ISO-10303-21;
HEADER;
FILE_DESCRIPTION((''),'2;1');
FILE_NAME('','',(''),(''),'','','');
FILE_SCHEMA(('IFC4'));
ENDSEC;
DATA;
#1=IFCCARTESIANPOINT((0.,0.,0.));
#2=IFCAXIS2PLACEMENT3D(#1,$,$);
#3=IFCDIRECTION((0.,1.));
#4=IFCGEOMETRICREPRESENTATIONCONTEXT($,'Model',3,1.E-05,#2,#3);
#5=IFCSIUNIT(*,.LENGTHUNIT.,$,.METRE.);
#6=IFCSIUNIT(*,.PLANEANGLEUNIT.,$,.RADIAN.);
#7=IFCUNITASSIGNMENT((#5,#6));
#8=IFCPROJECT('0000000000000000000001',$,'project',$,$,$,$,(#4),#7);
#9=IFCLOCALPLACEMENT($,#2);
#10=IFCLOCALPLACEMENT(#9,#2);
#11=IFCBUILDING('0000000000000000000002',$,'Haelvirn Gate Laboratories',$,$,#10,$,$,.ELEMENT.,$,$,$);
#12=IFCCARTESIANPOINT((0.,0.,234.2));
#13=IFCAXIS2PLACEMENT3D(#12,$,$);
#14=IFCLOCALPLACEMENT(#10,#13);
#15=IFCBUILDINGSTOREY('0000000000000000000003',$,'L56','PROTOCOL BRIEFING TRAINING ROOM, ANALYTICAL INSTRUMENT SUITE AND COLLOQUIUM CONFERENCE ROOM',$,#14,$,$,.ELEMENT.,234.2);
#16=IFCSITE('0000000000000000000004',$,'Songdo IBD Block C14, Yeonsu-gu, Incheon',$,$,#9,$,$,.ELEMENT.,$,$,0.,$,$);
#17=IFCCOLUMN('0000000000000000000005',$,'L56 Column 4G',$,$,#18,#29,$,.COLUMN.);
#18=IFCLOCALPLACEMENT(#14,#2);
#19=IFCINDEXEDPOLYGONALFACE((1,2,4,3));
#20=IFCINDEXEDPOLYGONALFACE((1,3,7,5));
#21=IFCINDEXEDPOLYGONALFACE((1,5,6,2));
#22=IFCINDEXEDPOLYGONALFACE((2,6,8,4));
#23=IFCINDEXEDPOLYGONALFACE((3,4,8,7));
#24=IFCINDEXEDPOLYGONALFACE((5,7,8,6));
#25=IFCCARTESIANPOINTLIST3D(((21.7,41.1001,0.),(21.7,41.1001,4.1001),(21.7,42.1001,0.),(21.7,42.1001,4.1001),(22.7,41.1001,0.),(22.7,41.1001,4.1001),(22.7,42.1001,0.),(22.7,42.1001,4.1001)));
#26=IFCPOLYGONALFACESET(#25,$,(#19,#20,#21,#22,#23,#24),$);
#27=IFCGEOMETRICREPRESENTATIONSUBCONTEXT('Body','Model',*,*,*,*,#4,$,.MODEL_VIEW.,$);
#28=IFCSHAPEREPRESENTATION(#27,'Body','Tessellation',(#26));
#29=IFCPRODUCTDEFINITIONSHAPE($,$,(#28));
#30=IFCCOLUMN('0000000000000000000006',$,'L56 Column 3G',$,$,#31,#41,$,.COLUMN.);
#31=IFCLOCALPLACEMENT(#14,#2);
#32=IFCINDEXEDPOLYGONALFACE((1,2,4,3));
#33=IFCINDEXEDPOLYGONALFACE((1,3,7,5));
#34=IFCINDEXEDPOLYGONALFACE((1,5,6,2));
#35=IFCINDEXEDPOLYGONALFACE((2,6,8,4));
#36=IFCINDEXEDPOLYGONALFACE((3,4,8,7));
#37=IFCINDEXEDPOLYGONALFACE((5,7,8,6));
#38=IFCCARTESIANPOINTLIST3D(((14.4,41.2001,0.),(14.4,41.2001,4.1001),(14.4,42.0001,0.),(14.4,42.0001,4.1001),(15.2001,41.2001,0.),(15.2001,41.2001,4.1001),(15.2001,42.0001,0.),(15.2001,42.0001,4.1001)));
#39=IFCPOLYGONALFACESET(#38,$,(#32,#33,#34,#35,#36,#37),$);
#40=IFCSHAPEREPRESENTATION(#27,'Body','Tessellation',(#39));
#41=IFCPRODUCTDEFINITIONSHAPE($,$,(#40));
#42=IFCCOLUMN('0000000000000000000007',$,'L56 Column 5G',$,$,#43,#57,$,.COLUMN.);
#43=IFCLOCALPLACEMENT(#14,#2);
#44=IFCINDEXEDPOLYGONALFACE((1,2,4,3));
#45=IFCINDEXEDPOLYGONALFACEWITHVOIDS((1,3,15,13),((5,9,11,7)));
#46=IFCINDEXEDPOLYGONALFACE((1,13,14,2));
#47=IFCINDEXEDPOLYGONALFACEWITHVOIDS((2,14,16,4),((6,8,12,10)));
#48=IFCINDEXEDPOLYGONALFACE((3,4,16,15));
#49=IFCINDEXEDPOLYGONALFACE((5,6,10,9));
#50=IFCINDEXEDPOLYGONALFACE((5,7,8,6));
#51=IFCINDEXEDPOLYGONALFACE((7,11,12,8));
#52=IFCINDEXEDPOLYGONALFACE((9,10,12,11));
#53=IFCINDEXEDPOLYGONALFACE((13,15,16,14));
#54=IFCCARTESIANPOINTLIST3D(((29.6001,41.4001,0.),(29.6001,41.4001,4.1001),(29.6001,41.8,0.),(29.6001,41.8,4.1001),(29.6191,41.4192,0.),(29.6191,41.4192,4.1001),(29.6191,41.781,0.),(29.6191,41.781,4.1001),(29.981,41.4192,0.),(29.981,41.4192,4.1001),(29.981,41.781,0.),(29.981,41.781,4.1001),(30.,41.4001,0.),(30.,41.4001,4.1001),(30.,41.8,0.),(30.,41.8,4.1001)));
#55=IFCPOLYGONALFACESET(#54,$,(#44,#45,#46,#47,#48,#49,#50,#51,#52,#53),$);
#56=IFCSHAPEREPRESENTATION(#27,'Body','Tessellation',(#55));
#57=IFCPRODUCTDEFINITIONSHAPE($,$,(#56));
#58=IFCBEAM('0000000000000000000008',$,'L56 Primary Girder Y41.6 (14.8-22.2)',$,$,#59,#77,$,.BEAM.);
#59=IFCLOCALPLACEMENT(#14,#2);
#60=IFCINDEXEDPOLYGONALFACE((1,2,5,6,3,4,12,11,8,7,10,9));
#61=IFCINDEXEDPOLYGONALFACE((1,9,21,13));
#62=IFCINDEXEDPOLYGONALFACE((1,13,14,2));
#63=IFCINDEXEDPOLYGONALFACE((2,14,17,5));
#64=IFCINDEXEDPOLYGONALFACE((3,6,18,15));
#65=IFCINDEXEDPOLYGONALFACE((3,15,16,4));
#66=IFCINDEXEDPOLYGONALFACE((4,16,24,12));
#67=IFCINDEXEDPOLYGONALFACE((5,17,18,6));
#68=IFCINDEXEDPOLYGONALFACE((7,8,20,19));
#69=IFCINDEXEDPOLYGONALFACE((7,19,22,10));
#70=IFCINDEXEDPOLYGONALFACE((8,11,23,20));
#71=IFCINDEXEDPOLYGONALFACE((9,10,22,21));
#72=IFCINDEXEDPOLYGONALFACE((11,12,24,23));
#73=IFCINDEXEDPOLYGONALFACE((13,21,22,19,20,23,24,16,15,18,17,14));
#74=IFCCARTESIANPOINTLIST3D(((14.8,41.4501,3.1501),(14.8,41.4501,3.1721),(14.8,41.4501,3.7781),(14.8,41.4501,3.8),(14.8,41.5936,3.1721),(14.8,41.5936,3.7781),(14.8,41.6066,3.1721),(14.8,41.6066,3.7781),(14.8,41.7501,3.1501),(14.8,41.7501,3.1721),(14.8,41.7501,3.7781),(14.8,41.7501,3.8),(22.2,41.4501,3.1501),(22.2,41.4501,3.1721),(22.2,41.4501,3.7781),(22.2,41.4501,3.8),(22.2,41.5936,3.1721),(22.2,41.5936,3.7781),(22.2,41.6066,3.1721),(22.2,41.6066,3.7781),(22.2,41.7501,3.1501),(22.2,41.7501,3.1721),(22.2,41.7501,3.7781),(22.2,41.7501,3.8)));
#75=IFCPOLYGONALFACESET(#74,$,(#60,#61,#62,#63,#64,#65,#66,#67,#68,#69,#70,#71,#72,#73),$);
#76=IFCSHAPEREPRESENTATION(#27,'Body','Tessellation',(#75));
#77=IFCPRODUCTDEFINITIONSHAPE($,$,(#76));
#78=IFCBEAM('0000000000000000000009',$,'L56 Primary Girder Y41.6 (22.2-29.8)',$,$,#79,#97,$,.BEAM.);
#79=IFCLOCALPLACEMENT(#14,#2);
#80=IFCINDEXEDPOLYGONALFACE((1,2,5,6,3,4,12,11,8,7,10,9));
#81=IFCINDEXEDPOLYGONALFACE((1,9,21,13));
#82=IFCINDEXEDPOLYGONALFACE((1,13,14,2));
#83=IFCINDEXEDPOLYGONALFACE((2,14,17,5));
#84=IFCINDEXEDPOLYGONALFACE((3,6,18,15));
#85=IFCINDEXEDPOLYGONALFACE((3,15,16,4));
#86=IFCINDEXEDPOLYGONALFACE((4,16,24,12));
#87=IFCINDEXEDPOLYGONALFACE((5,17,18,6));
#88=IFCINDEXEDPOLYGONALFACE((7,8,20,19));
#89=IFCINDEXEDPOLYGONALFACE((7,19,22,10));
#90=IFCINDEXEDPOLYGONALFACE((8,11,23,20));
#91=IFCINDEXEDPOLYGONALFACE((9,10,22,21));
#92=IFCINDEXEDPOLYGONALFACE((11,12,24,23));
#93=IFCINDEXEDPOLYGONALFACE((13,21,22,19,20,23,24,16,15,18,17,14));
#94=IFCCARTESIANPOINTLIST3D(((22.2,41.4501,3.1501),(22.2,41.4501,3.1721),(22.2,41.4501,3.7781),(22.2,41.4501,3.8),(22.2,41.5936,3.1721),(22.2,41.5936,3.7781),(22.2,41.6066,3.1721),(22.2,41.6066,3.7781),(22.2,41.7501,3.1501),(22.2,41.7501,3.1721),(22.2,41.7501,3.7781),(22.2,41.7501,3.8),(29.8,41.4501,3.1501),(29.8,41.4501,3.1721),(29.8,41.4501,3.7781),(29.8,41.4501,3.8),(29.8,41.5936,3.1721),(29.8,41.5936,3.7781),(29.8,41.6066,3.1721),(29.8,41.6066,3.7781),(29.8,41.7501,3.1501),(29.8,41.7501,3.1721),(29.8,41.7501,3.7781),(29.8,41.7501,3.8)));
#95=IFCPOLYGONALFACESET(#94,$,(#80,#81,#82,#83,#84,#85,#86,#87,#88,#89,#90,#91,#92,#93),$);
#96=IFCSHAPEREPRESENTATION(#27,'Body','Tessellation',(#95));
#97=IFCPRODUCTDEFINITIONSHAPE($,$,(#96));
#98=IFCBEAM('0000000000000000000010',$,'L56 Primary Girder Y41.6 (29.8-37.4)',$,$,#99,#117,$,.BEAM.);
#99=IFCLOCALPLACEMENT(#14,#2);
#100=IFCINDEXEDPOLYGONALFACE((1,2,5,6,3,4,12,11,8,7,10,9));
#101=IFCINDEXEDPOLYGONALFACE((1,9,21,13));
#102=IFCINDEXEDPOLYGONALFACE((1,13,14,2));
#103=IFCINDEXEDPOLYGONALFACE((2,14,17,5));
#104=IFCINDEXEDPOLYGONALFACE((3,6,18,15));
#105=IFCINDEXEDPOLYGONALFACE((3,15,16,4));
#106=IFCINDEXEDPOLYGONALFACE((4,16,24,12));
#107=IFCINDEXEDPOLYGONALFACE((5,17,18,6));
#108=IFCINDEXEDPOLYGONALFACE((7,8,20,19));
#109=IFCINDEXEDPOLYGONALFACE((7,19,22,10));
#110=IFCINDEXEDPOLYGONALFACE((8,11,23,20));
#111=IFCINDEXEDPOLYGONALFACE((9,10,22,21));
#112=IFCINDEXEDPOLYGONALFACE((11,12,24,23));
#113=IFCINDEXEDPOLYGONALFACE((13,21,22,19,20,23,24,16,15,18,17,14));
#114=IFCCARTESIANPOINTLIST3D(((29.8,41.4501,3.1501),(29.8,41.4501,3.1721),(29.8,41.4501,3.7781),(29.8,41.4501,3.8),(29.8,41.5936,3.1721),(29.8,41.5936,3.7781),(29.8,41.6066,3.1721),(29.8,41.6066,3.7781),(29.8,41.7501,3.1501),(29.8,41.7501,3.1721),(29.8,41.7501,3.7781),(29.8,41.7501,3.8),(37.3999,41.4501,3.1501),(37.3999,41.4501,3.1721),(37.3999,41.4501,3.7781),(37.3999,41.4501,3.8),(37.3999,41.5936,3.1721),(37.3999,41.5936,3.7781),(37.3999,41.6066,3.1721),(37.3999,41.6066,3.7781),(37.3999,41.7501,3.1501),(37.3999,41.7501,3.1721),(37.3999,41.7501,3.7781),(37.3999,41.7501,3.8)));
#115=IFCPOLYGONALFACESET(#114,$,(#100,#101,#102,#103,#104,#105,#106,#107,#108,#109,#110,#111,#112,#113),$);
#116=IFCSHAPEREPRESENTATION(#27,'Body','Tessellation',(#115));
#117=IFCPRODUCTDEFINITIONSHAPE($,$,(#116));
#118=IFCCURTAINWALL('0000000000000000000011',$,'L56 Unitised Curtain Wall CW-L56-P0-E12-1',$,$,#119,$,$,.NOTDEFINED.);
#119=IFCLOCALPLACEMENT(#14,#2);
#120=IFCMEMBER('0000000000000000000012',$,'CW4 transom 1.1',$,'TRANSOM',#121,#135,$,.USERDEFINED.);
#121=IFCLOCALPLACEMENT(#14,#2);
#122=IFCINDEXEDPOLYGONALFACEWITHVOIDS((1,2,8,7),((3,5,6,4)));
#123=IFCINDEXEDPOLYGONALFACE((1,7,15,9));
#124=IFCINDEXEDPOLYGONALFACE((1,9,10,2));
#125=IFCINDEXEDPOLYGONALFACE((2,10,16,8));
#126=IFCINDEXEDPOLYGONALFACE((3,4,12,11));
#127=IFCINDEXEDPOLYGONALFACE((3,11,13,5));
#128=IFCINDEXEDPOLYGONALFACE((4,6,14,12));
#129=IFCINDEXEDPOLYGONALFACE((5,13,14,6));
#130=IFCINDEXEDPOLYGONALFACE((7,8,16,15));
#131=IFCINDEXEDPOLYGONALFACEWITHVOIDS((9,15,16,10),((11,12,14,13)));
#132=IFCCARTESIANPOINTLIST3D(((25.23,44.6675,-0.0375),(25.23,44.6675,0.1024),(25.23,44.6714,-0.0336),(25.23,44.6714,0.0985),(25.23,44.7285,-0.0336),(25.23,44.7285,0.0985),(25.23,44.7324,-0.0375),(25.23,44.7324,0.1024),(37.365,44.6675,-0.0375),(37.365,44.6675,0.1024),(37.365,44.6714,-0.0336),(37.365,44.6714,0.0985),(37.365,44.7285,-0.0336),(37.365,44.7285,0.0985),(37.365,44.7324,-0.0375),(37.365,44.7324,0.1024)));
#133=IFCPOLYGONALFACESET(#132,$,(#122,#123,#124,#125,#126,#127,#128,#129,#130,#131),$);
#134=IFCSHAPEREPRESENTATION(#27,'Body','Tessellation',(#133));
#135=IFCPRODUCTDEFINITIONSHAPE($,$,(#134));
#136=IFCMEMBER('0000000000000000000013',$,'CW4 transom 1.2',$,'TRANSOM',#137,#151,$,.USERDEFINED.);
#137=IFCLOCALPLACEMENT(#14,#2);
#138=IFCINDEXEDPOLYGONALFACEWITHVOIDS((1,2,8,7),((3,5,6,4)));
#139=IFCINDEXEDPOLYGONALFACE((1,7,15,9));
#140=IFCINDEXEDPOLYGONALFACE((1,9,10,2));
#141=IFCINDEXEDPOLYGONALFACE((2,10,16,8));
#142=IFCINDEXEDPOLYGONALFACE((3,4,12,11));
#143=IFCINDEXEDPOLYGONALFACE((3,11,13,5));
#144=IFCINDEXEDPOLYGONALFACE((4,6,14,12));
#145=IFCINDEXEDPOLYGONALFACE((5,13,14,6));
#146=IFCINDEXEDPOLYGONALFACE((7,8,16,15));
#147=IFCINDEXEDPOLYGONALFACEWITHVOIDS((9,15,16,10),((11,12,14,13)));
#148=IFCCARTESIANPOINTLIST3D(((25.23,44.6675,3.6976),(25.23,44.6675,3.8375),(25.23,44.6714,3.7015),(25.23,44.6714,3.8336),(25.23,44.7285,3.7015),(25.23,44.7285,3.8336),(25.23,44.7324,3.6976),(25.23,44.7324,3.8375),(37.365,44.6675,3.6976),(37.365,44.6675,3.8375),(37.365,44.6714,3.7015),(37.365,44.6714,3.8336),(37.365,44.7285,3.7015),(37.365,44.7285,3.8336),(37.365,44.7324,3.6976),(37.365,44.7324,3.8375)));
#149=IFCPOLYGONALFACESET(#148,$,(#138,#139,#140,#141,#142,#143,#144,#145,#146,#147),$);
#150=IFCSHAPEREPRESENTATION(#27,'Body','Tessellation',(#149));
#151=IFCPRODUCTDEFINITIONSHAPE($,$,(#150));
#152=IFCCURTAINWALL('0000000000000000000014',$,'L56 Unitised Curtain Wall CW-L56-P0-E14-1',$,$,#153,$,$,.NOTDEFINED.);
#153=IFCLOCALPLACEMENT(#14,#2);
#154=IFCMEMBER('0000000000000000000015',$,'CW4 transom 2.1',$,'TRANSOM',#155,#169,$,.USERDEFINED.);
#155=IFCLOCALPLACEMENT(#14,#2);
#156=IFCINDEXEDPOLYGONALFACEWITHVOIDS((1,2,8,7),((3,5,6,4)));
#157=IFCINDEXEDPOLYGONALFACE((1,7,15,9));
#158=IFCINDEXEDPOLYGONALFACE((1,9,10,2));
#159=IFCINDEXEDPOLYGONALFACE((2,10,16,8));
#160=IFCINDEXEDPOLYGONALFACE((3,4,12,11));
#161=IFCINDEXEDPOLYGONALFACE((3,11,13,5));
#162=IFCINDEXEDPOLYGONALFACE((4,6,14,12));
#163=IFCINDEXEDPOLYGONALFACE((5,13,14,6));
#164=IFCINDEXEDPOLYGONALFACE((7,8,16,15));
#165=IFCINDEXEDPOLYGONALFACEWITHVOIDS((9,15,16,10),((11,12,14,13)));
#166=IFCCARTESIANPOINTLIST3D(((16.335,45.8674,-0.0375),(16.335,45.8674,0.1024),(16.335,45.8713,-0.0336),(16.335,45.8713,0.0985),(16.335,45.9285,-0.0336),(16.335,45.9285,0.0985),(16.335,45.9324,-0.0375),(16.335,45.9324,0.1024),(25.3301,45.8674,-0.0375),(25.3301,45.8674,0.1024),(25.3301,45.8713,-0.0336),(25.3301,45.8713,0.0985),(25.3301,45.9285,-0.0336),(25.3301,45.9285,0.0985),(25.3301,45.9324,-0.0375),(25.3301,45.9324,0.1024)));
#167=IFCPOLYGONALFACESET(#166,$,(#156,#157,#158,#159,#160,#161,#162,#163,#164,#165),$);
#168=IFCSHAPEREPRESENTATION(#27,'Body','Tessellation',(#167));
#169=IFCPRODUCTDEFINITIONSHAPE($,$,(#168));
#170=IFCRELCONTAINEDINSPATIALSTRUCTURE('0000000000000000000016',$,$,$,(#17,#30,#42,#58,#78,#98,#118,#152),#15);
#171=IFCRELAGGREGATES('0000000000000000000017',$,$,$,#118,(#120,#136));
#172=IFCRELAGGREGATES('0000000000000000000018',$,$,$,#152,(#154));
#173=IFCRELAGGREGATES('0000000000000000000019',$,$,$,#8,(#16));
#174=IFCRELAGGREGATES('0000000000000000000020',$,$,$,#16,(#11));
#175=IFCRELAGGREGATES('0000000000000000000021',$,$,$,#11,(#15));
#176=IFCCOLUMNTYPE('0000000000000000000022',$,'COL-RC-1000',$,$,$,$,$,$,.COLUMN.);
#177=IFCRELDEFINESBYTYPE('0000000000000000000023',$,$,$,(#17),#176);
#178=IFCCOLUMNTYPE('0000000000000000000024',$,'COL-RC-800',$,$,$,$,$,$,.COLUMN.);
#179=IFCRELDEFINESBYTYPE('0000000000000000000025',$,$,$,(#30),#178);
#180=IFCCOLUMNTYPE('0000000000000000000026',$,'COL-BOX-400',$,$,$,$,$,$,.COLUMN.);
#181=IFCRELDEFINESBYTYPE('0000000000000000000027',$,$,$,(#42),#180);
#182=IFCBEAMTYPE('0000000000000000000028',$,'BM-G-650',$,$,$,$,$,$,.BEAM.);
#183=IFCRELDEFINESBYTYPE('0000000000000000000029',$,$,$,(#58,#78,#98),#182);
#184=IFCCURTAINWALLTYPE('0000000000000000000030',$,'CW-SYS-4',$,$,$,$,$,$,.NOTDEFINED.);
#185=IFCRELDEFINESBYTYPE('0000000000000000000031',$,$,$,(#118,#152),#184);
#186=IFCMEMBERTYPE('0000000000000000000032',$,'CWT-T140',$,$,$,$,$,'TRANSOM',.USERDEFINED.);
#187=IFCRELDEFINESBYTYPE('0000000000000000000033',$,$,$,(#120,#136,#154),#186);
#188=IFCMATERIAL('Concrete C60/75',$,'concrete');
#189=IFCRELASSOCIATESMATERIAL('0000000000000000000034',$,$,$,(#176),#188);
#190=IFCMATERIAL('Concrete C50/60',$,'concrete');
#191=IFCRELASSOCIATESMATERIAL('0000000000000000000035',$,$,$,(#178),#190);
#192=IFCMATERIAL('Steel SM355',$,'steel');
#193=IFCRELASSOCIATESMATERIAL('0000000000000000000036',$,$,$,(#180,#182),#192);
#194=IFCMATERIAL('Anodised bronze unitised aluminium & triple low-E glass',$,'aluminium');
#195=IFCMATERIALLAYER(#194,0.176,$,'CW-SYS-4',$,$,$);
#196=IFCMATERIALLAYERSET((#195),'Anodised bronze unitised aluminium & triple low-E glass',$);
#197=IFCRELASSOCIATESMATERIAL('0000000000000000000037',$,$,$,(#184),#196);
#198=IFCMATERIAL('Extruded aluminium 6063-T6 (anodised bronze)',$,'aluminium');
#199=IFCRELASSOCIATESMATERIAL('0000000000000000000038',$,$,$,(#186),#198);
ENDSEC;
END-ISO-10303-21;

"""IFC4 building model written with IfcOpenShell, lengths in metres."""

from ifc_helpers import new_model, si_unit, direction, frame, origin, origin_2d, place, context, subcontext, project, spatial, rectangle, hollow_rectangle, i_section, extrude, source, transform, mapped, material, layer, layer_set, material_profile, profile_set, type_object, type_shapes, element, aggregate, save


model = new_model("IFC4")

# Units and contexts
model_context = context("Model", 3, precision=1e-05, world=origin(), true_north=direction((0.0, 1.0)))
body_context = subcontext(model_context, "Body", "Model", "MODEL_VIEW")
ifc_project = project(units=[si_unit("LENGTHUNIT", "METRE"), si_unit("PLANEANGLEUNIT", "RADIAN")], contexts=[model_context])

# Site, building, storey
site_placement = place(None, origin())
site = spatial("IfcSite", under=ifc_project, at=site_placement, Name="Songdo IBD Block C14, Yeonsu-gu, Incheon", CompositionType="ELEMENT", RefElevation=0.0)
building_placement = place(site_placement, origin())
building = spatial("IfcBuilding", under=site, at=building_placement, Name="Haelvirn Gate Laboratories", CompositionType="ELEMENT")
storey_placement = place(building_placement, frame((0.0, 0.0, 234.2)))
storey = spatial("IfcBuildingStorey", under=building, at=storey_placement, Name="L56", Description="PROTOCOL BRIEFING TRAINING ROOM, ANALYTICAL INSTRUMENT SUITE AND COLLOQUIUM CONFERENCE ROOM", CompositionType="ELEMENT", Elevation=234.2)

# Columns
ifc_material_1 = material(Name="Concrete C60/75", Category="concrete")
ifc_material_profile_1 = material_profile(ifc_material_1, rectangle(XDim=1.0, YDim=1.0, at=origin_2d()), Name="RC-1000x1000")
ifc_profile_set_1 = profile_set([ifc_material_profile_1], Name="Concrete C60/75")
column_type_1 = type_object("IfcColumnType", Name="COL-RC-1000", PredefinedType="COLUMN", material=ifc_profile_set_1)
shared_shape_1 = source(origin(), body_context, "Body", "SweptSolid", [
    extrude(rectangle(XDim=1.0, YDim=1.0, at=origin_2d()), origin(), (0.0, 0.0, 1.0), 4.1001),
])
type_shapes(column_type_1, [shared_shape_1])
column_1_placement = place(storey_placement, frame((22.2, 41.6001, 0.0), z_axis=(0.0, 0.0, 1.0), x_axis=(1.0, 0.0, 0.0)))
element("IfcColumn", 1, at=column_1_placement, inside=storey, type_object=column_type_1, Name="L56 Column 4G", PredefinedType="COLUMN", context=body_context, shape_type="MappedRepresentation", body=[
    mapped(shared_shape_1, transform((0.0, 0.0, 0.0), scale=1.0)),
])
ifc_material_2 = material(Name="Concrete C50/60", Category="concrete")
ifc_material_profile_2 = material_profile(ifc_material_2, rectangle(XDim=0.8, YDim=0.8, at=origin_2d()), Name="RC-800x800")
ifc_profile_set_2 = profile_set([ifc_material_profile_2], Name="Concrete C50/60")
column_type_2 = type_object("IfcColumnType", Name="COL-RC-800", PredefinedType="COLUMN", material=ifc_profile_set_2)
shared_shape_2 = source(origin(), body_context, "Body", "SweptSolid", [
    extrude(rectangle(XDim=0.8, YDim=0.8, at=origin_2d()), origin(), (0.0, 0.0, 1.0), 4.1001),
])
type_shapes(column_type_2, [shared_shape_2])
column_2_placement = place(storey_placement, frame((14.8, 41.6001, 0.0), z_axis=(0.0, 0.0, 1.0), x_axis=(1.0, 0.0, 0.0)))
element("IfcColumn", 2, at=column_2_placement, inside=storey, type_object=column_type_2, Name="L56 Column 3G", PredefinedType="COLUMN", context=body_context, shape_type="MappedRepresentation", body=[
    mapped(shared_shape_2, transform((0.0, 0.0, 0.0), scale=1.0)),
])
ifc_material_3 = material(Name="Steel SM355", Category="steel")
ifc_material_profile_3 = material_profile(ifc_material_3, hollow_rectangle(XDim=0.3999, YDim=0.3999, WallThickness=0.019, at=origin_2d()), Name="BOX-400x400x19")
ifc_profile_set_3 = profile_set([ifc_material_profile_3], Name="Steel SM355")
column_type_3 = type_object("IfcColumnType", Name="COL-BOX-400", PredefinedType="COLUMN", material=ifc_profile_set_3)
shared_shape_3 = source(origin(), body_context, "Body", "SweptSolid", [
    extrude(hollow_rectangle(XDim=0.3999, YDim=0.3999, WallThickness=0.019, at=origin_2d()), origin(), (0.0, 0.0, 1.0), 4.1001),
])
type_shapes(column_type_3, [shared_shape_3])
column_3_placement = place(storey_placement, frame((29.8, 41.6001, 0.0), z_axis=(0.0, 0.0, 1.0), x_axis=(1.0, 0.0, 0.0)))
element("IfcColumn", 3, at=column_3_placement, inside=storey, type_object=column_type_3, Name="L56 Column 5G", PredefinedType="COLUMN", context=body_context, shape_type="MappedRepresentation", body=[
    mapped(shared_shape_3, transform((0.0, 0.0, 0.0), scale=1.0)),
])

# Beams
ifc_material_profile_4 = material_profile(ifc_material_3, i_section(OverallWidth=0.3, OverallDepth=0.6499, WebThickness=0.0129, FlangeThickness=0.022, at=origin_2d()), Name="H-650x300x13x22")
ifc_profile_set_4 = profile_set([ifc_material_profile_4], Name="Steel SM355")
beam_type = type_object("IfcBeamType", Name="BM-G-650", PredefinedType="BEAM", material=ifc_profile_set_4)
shared_shape_4 = source(origin(), body_context, "Body", "SweptSolid", [
    extrude(i_section(OverallWidth=0.3, OverallDepth=0.6499, WebThickness=0.0129, FlangeThickness=0.022, at=origin_2d()), origin(), (0.0, 0.0, 1.0), 7.3999),
])
beam_1_placement = place(storey_placement, frame((14.8, 41.6001, 3.4751), z_axis=(1.0, 0.0, 0.0), x_axis=(0.0, 1.0, 0.0)))
element("IfcBeam", 4, at=beam_1_placement, inside=storey, type_object=beam_type, Name="L56 Primary Girder Y41.6 (14.8-22.2)", PredefinedType="BEAM", context=body_context, shape_type="MappedRepresentation", body=[
    mapped(shared_shape_4, transform((0.0, 0.0, 0.0), scale=1.0)),
])
shared_shape_5 = source(origin(), body_context, "Body", "SweptSolid", [
    extrude(i_section(OverallWidth=0.3, OverallDepth=0.6499, WebThickness=0.0129, FlangeThickness=0.022, at=origin_2d()), origin(), (0.0, 0.0, 1.0), 7.6001),
])
beam_2_placement = place(storey_placement, frame((22.2, 41.6001, 3.4751), z_axis=(1.0, 0.0, 0.0), x_axis=(0.0, 1.0, 0.0)))
element("IfcBeam", 5, at=beam_2_placement, inside=storey, type_object=beam_type, Name="L56 Primary Girder Y41.6 (22.2-29.8)", PredefinedType="BEAM", context=body_context, shape_type="MappedRepresentation", body=[
    mapped(shared_shape_5, transform((0.0, 0.0, 0.0), scale=1.0)),
])
shared_shape_6 = source(origin(), body_context, "Body", "SweptSolid", [
    extrude(i_section(OverallWidth=0.3, OverallDepth=0.6499, WebThickness=0.0129, FlangeThickness=0.022, at=origin_2d()), origin(), (0.0, 0.0, 1.0), 7.5999),
])
type_shapes(beam_type, [shared_shape_4, shared_shape_5, shared_shape_6])
beam_3_placement = place(storey_placement, frame((29.8, 41.6001, 3.4751), z_axis=(1.0, 0.0, 0.0), x_axis=(0.0, 1.0, 0.0)))
element("IfcBeam", 6, at=beam_3_placement, inside=storey, type_object=beam_type, Name="L56 Primary Girder Y41.6 (29.8-37.4)", PredefinedType="BEAM", context=body_context, shape_type="MappedRepresentation", body=[
    mapped(shared_shape_6, transform((0.0, 0.0, 0.0), scale=1.0)),
])

# Curtain walls, members
ifc_material_4 = material(Name="Anodised bronze unitised aluminium & triple low-E glass", Category="aluminium")
ifc_layer_1 = layer(ifc_material_4, 0.176, Name="CW-SYS-4")
ifc_layer_set_1 = layer_set([ifc_layer_1], Name="Anodised bronze unitised aluminium & triple low-E glass")
curtain_wall_type = type_object("IfcCurtainWallType", Name="CW-SYS-4", PredefinedType="NOTDEFINED", material=ifc_layer_set_1)
curtain_wall_1_placement = place(storey_placement, origin())
curtain_wall_1 = element("IfcCurtainWall", 7, at=curtain_wall_1_placement, inside=storey, type_object=curtain_wall_type, Name="L56 Unitised Curtain Wall CW-L56-P0-E12-1", PredefinedType="NOTDEFINED")
ifc_material_5 = material(Name="Extruded aluminium 6063-T6 (anodised bronze)", Category="aluminium")
ifc_material_profile_5 = material_profile(ifc_material_5, hollow_rectangle(XDim=0.0649, YDim=0.1399, WallThickness=0.0039, at=origin_2d()), Name="CWT-140x65x4")
ifc_profile_set_5 = profile_set([ifc_material_profile_5], Name="Extruded aluminium 6063-T6 (anodised bronze)")
member_type_1 = type_object("IfcMemberType", Name="CWT-T140", ElementType="TRANSOM", PredefinedType="USERDEFINED", material=ifc_profile_set_5)
shared_shape_7 = source(origin(), body_context, "Body", "SweptSolid", [
    extrude(hollow_rectangle(XDim=0.0649, YDim=0.1399, WallThickness=0.0039, at=origin_2d()), origin(), (0.0, 0.0, 1.0), 12.135),
])
member_1_placement = place(storey_placement, frame((25.23, 44.7, 0.0325), z_axis=(1.0, 0.0, 0.0), x_axis=(0.0, 1.0, 0.0)))
member_1 = element("IfcMember", 8, at=member_1_placement, type_object=member_type_1, Name="CW4 transom 1.1", ObjectType="TRANSOM", PredefinedType="USERDEFINED", context=body_context, shape_type="MappedRepresentation", body=[
    mapped(shared_shape_7, transform((0.0, 0.0, 0.0), scale=1.0)),
])
member_2_placement = place(storey_placement, frame((25.23, 44.7, 3.7676), z_axis=(1.0, 0.0, 0.0), x_axis=(0.0, 1.0, 0.0)))
member_2 = element("IfcMember", 9, at=member_2_placement, type_object=member_type_1, Name="CW4 transom 1.2", ObjectType="TRANSOM", PredefinedType="USERDEFINED", context=body_context, shape_type="MappedRepresentation", body=[
    mapped(shared_shape_7, transform((0.0, 0.0, 0.0), scale=1.0)),
])
curtain_wall_2_placement = place(storey_placement, origin())
curtain_wall_2 = element("IfcCurtainWall", 10, at=curtain_wall_2_placement, inside=storey, type_object=curtain_wall_type, Name="L56 Unitised Curtain Wall CW-L56-P0-E14-1", PredefinedType="NOTDEFINED")
shared_shape_8 = source(origin(), body_context, "Body", "SweptSolid", [
    extrude(hollow_rectangle(XDim=0.0649, YDim=0.1399, WallThickness=0.0039, at=origin_2d()), origin(), (0.0, 0.0, 1.0), 8.9951),
])
type_shapes(member_type_1, [shared_shape_7, shared_shape_8])
member_3_placement = place(storey_placement, frame((16.335, 45.8999, 0.0325), z_axis=(1.0, 0.0, 0.0), x_axis=(0.0, 1.0, 0.0)))
member_3 = element("IfcMember", 11, at=member_3_placement, type_object=member_type_1, Name="CW4 transom 2.1", ObjectType="TRANSOM", PredefinedType="USERDEFINED", context=body_context, shape_type="MappedRepresentation", body=[
    mapped(shared_shape_8, transform((0.0, 0.0, 0.0), scale=1.0)),
])

aggregate(curtain_wall_1, [member_1, member_2])

aggregate(curtain_wall_2, [member_3])

save(model, "model.ifc")
